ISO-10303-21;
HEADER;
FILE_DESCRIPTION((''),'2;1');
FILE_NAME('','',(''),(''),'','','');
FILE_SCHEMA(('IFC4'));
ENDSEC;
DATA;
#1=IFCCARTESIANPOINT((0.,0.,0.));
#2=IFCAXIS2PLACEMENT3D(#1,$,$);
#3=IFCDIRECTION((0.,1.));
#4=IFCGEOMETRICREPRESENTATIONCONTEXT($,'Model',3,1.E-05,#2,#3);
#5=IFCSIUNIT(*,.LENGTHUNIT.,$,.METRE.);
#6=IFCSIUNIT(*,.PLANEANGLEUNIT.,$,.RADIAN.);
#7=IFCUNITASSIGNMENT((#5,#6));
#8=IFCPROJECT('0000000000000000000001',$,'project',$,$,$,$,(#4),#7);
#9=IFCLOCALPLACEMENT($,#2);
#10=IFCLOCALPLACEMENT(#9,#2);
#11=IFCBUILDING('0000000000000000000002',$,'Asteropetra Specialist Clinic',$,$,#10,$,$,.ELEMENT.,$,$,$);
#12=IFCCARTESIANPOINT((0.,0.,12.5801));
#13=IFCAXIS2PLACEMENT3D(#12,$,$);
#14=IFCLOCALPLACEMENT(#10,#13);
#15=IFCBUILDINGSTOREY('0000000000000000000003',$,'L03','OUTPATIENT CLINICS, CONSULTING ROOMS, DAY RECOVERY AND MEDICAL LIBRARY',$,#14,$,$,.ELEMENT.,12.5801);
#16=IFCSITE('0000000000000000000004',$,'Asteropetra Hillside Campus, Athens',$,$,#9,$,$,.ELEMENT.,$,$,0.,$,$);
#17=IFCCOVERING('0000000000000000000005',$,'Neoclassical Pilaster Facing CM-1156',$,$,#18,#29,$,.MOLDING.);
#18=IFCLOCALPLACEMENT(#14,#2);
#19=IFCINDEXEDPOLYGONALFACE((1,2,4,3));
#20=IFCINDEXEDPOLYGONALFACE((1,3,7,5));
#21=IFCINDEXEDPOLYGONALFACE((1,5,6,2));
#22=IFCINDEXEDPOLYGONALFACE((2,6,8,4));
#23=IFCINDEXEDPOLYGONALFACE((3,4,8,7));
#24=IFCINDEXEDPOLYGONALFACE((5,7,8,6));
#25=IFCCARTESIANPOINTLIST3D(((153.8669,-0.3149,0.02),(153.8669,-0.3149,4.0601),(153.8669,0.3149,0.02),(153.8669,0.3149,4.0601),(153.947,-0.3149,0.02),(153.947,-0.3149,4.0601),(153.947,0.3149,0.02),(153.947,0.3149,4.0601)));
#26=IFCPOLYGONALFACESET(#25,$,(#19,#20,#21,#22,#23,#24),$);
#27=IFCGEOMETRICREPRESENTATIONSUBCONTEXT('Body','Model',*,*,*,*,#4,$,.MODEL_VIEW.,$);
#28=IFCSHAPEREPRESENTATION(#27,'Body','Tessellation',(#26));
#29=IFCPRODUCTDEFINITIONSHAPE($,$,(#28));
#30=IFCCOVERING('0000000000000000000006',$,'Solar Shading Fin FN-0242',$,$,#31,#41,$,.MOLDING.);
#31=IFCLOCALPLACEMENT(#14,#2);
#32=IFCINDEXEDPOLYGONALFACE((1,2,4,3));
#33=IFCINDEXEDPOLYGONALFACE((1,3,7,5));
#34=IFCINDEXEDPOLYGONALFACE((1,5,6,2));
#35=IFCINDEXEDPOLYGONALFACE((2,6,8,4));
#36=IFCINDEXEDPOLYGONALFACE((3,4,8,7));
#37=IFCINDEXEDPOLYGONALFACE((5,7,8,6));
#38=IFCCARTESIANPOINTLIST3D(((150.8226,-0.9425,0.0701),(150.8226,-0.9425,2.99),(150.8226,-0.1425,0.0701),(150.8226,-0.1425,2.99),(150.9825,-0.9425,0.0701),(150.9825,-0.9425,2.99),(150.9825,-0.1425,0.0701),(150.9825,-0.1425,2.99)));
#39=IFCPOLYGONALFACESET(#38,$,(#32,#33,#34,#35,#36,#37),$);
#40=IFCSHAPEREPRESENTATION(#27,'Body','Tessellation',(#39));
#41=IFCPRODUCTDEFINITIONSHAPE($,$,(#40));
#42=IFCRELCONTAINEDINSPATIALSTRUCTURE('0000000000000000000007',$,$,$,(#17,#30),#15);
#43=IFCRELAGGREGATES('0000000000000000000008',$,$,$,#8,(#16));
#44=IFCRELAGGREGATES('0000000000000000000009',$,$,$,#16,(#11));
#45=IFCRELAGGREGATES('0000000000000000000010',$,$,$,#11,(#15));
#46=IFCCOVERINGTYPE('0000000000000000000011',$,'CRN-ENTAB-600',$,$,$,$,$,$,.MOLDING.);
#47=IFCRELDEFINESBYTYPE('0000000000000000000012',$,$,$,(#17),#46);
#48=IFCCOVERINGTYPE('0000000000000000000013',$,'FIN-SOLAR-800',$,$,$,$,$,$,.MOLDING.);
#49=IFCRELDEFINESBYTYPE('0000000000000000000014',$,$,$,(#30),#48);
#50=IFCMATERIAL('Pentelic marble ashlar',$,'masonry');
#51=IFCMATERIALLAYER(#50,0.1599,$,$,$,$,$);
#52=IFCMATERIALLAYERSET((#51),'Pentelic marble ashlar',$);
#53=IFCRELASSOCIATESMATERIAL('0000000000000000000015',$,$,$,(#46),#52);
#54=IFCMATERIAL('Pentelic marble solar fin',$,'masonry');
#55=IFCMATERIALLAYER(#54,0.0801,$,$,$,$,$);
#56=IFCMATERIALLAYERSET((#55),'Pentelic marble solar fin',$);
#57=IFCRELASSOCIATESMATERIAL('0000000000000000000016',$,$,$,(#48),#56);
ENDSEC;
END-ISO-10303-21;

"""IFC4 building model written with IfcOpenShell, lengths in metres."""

from ifc_helpers import new_model, si_unit, direction, frame, origin, origin_2d, place, context, subcontext, project, spatial, rectangle, extrude, material, layer, layer_set, type_object, element, save


model = new_model("IFC4")

# Units and contexts
model_context = context("Model", 3, precision=1e-05, world=origin(), true_north=direction((0.0, 1.0)))
body_context = subcontext(model_context, "Body", "Model", "MODEL_VIEW")
ifc_project = project(units=[si_unit("LENGTHUNIT", "METRE"), si_unit("PLANEANGLEUNIT", "RADIAN")], contexts=[model_context])

# Site, building, storey
site_placement = place(None, origin())
site = spatial("IfcSite", under=ifc_project, at=site_placement, Name="Asteropetra Hillside Campus, Athens", CompositionType="ELEMENT", RefElevation=0.0)
building_placement = place(site_placement, origin())
building = spatial("IfcBuilding", under=site, at=building_placement, Name="Asteropetra Specialist Clinic", CompositionType="ELEMENT")
storey_placement = place(building_placement, frame((0.0, 0.0, 12.5801)))
storey = spatial("IfcBuildingStorey", under=building, at=storey_placement, Name="L03", Description="OUTPATIENT CLINICS, CONSULTING ROOMS, DAY RECOVERY AND MEDICAL LIBRARY", CompositionType="ELEMENT", Elevation=12.5801)

# Coverings
ifc_material_1 = material(Name="Pentelic marble ashlar", Category="masonry")
ifc_layer_1 = layer(ifc_material_1, 0.1599)
ifc_layer_set_1 = layer_set([ifc_layer_1], Name="Pentelic marble ashlar")
covering_type_1 = type_object("IfcCoveringType", Name="CRN-ENTAB-600", PredefinedType="MOLDING", material=ifc_layer_set_1)
covering_1_placement = place(storey_placement, frame((153.907, 0.0, 0.02), z_axis=(0.0, 0.0, 1.0), x_axis=(1.0, 0.0, 0.0)))
element("IfcCovering", 1, at=covering_1_placement, inside=storey, type_object=covering_type_1, Name="Neoclassical Pilaster Facing CM-1156", PredefinedType="MOLDING", context=body_context, shape_type="SweptSolid", body=[
    extrude(rectangle(XDim=0.0801, YDim=0.6299, at=origin_2d()), origin(), (0.0, 0.0, 1.0), 4.04),
])
ifc_material_2 = material(Name="Pentelic marble solar fin", Category="masonry")
ifc_layer_2 = layer(ifc_material_2, 0.0801)
ifc_layer_set_2 = layer_set([ifc_layer_2], Name="Pentelic marble solar fin")
covering_type_2 = type_object("IfcCoveringType", Name="FIN-SOLAR-800", PredefinedType="MOLDING", material=ifc_layer_set_2)
covering_2_placement = place(storey_placement, frame((150.9026, -0.5425, 0.0701), z_axis=(0.0, 0.0, 1.0), x_axis=(1.0, 0.0, 0.0)))
element("IfcCovering", 2, at=covering_2_placement, inside=storey, type_object=covering_type_2, Name="Solar Shading Fin FN-0242", PredefinedType="MOLDING", context=body_context, shape_type="SweptSolid", body=[
    extrude(rectangle(XDim=0.1599, YDim=0.8, at=origin_2d()), origin(), (0.0, 0.0, 1.0), 2.9199),
])

save(model, "model.ifc")
